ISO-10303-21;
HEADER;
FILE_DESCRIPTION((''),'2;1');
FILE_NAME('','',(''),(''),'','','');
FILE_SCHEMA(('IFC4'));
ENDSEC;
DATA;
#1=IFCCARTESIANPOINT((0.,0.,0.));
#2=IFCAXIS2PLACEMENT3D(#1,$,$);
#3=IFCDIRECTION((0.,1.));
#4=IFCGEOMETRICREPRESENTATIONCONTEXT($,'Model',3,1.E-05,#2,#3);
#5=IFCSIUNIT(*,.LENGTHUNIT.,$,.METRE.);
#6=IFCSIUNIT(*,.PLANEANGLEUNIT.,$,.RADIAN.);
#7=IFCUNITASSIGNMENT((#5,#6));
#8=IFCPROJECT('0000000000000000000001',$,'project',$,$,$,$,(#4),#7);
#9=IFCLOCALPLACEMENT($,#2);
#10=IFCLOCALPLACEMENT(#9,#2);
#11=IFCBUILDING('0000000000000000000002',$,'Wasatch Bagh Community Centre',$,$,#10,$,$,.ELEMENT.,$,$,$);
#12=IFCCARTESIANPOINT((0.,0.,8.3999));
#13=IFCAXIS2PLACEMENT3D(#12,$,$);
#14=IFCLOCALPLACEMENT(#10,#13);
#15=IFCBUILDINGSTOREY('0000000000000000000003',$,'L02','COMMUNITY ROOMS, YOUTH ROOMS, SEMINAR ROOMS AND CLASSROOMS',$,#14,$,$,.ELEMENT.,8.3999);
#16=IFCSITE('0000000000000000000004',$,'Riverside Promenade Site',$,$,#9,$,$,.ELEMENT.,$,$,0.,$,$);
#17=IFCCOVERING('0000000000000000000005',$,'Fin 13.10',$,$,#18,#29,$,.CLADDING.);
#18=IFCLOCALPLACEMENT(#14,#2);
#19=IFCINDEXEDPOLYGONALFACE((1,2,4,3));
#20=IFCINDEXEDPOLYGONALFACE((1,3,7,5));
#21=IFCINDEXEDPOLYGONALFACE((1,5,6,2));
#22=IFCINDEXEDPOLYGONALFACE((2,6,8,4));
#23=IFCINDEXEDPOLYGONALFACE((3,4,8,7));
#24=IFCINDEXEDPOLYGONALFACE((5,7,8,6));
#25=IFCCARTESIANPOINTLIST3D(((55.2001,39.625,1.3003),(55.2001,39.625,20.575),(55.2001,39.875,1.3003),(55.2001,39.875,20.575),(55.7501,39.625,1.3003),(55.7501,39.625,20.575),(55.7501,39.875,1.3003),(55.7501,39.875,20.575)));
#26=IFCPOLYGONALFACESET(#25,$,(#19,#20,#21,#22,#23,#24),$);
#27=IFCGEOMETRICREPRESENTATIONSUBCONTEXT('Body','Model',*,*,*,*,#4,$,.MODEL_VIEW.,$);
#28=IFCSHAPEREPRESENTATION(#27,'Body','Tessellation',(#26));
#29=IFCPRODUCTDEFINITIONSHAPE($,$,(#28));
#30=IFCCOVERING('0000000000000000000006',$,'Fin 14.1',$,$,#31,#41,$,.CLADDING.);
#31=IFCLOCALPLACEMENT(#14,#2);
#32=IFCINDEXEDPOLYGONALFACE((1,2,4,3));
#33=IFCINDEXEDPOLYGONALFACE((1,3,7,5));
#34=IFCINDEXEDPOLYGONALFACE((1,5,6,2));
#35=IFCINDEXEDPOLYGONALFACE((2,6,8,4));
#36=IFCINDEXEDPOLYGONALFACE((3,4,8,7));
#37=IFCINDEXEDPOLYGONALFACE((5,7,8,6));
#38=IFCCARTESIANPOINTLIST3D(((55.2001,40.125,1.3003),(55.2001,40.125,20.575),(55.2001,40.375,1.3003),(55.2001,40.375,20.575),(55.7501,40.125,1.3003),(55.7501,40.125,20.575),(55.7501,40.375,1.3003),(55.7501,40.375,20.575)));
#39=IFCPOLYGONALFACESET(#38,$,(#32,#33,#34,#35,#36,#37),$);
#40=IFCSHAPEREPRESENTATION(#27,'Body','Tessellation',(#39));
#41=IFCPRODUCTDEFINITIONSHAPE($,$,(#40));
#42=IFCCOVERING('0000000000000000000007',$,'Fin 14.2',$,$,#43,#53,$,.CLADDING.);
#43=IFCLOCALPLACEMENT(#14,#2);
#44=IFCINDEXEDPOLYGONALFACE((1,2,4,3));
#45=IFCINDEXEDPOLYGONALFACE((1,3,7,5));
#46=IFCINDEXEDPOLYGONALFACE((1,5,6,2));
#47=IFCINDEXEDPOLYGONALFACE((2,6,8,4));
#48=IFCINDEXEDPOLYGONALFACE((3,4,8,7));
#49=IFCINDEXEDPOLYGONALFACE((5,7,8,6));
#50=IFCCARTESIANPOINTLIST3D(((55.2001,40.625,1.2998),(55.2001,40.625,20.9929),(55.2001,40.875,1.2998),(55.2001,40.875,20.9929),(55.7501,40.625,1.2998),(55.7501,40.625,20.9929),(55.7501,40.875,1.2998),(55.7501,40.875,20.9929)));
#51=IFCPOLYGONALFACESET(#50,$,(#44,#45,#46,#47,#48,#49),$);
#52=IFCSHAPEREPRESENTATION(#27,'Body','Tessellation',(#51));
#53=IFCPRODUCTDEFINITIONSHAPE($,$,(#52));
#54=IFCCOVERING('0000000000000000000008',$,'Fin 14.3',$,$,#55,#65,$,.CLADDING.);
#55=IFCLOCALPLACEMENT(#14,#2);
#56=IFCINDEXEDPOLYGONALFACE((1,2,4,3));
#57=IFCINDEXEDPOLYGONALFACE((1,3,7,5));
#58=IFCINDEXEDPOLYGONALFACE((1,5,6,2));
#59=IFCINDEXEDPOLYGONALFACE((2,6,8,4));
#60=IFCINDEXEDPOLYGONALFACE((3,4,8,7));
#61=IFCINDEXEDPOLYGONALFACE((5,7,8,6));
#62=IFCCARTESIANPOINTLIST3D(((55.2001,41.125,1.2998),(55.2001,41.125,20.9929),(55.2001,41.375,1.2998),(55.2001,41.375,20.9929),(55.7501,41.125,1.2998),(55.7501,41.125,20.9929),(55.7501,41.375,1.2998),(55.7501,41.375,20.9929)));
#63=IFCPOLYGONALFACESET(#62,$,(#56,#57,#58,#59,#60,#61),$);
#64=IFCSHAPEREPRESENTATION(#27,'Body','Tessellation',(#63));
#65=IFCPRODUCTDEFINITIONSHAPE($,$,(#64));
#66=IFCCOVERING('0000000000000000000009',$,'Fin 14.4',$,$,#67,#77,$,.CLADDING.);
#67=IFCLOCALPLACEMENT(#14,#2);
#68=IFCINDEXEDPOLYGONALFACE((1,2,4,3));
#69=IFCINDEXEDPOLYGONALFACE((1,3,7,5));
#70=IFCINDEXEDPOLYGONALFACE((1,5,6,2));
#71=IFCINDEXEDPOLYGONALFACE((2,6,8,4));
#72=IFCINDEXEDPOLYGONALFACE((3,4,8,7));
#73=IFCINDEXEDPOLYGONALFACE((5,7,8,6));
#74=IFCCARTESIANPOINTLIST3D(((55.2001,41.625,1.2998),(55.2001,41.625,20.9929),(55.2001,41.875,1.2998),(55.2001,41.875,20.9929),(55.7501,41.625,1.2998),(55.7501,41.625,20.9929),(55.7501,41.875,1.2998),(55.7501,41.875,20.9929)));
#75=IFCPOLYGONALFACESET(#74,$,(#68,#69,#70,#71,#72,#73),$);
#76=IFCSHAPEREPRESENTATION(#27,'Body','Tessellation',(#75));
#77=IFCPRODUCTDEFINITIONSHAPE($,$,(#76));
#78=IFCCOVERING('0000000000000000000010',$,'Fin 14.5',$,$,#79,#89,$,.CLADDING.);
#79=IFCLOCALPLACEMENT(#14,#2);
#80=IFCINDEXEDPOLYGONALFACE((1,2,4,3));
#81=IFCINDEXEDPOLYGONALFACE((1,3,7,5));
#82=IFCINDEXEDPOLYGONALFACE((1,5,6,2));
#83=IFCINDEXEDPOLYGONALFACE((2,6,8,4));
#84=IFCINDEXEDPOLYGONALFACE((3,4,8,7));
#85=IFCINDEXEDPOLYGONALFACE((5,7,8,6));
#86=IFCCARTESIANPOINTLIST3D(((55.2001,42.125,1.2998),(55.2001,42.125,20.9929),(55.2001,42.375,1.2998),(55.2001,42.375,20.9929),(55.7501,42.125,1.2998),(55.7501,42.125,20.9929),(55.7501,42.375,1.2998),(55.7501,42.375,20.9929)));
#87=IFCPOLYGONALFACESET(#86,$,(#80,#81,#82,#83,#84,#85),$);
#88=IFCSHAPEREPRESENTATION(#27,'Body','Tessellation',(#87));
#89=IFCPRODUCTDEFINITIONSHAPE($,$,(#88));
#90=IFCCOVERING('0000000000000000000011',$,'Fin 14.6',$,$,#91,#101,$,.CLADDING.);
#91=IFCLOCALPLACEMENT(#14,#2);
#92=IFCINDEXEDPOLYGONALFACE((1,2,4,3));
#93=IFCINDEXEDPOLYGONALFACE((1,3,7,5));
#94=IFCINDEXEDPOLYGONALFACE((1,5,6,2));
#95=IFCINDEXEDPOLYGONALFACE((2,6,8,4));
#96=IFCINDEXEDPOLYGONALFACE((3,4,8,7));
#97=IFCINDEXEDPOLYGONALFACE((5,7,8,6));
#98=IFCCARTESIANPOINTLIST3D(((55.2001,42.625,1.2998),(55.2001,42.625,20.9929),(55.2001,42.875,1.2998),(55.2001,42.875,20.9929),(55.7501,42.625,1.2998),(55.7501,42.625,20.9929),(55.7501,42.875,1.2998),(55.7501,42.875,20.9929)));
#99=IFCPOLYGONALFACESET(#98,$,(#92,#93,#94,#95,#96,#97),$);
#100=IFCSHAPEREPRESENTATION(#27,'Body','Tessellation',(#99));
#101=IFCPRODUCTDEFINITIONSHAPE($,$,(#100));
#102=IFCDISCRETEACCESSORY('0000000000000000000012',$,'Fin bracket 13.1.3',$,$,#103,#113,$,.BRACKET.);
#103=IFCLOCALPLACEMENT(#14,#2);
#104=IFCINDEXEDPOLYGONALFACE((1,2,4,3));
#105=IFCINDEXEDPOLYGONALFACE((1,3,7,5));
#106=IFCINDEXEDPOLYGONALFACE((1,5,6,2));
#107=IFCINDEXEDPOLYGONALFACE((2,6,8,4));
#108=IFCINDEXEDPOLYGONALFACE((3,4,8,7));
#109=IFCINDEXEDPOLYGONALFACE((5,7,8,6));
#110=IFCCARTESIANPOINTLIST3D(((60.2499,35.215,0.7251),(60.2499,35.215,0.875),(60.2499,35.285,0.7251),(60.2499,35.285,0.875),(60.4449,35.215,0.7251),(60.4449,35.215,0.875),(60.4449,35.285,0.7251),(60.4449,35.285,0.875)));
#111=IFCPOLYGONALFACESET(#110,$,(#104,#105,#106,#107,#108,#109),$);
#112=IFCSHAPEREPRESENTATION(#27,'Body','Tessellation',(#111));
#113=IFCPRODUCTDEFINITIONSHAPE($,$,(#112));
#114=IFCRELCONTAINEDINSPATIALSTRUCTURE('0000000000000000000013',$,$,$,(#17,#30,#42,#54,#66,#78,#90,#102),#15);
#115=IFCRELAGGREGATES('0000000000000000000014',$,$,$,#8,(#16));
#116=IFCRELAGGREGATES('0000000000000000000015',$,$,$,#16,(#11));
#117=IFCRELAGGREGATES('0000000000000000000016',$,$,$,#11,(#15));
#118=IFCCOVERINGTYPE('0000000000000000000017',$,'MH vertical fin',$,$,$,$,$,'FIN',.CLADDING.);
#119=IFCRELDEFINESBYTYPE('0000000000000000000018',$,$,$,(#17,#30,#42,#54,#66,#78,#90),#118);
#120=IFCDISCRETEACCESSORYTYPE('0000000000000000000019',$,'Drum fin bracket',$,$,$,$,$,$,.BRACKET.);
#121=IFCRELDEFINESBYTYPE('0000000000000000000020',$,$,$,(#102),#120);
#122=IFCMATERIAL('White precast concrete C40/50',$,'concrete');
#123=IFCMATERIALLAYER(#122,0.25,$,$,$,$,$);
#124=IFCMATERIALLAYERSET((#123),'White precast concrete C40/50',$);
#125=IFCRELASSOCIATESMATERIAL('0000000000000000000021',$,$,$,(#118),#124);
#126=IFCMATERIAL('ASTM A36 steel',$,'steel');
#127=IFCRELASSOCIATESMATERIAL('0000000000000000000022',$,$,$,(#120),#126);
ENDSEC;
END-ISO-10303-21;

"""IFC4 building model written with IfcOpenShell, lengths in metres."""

from ifc_helpers import new_model, si_unit, direction, frame, origin, origin_2d, place, context, subcontext, project, spatial, rectangle, extrude, material, layer, layer_set, type_object, element, save


model = new_model("IFC4")

# Units and contexts
model_context = context("Model", 3, precision=1e-05, world=origin(), true_north=direction((0.0, 1.0)))
body_context = subcontext(model_context, "Body", "Model", "MODEL_VIEW")
ifc_project = project(units=[si_unit("LENGTHUNIT", "METRE"), si_unit("PLANEANGLEUNIT", "RADIAN")], contexts=[model_context])

# Site, building, storey
site_placement = place(None, origin())
site = spatial("IfcSite", under=ifc_project, at=site_placement, Name="Riverside Promenade Site", CompositionType="ELEMENT", RefElevation=0.0)
building_placement = place(site_placement, origin())
building = spatial("IfcBuilding", under=site, at=building_placement, Name="Wasatch Bagh Community Centre", CompositionType="ELEMENT")
storey_placement = place(building_placement, frame((0.0, 0.0, 8.3999)))
storey = spatial("IfcBuildingStorey", under=building, at=storey_placement, Name="L02", Description="COMMUNITY ROOMS, YOUTH ROOMS, SEMINAR ROOMS AND CLASSROOMS", CompositionType="ELEMENT", Elevation=8.3999)

# Coverings
ifc_material_1 = material(Name="White precast concrete C40/50", Category="concrete")
ifc_layer_1 = layer(ifc_material_1, 0.25)
ifc_layer_set_1 = layer_set([ifc_layer_1], Name="White precast concrete C40/50")
covering_type = type_object("IfcCoveringType", Name="MH vertical fin", ElementType="FIN", PredefinedType="CLADDING", material=ifc_layer_set_1)
for number, where, z_axis, x_axis, name in (
    (1, (55.4751, 39.75, 1.3003), (0.0, 0.0, 1.0), (0.0, 1.0, 0.0), "Fin 13.10"),
    (2, (55.4751, 40.25, 1.3003), (0.0, 0.0, 1.0), (0.0, 1.0, 0.0), "Fin 14.1"),
):
    element("IfcCovering", number, at=place(storey_placement, frame(where, z_axis=z_axis, x_axis=x_axis)), inside=storey, type_object=covering_type, Name=name, PredefinedType="CLADDING", context=body_context, shape_type="SweptSolid", body=[
        extrude(rectangle(XDim=0.25, YDim=0.55, at=origin_2d()), origin(), (0.0, 0.0, 1.0), 19.2747),
    ])
for number, where, z_axis, x_axis, name in (
    (3, (55.4751, 40.75, 1.2998), (0.0, 0.0, 1.0), (0.0, 1.0, 0.0), "Fin 14.2"),
    (4, (55.4751, 41.25, 1.2998), (0.0, 0.0, 1.0), (0.0, 1.0, 0.0), "Fin 14.3"),
    (5, (55.4751, 41.75, 1.2998), (0.0, 0.0, 1.0), (0.0, 1.0, 0.0), "Fin 14.4"),
    (6, (55.4751, 42.25, 1.2998), (0.0, 0.0, 1.0), (0.0, 1.0, 0.0), "Fin 14.5"),
    (7, (55.4751, 42.75, 1.2998), (0.0, 0.0, 1.0), (0.0, 1.0, 0.0), "Fin 14.6"),
):
    element("IfcCovering", number, at=place(storey_placement, frame(where, z_axis=z_axis, x_axis=x_axis)), inside=storey, type_object=covering_type, Name=name, PredefinedType="CLADDING", context=body_context, shape_type="SweptSolid", body=[
        extrude(rectangle(XDim=0.25, YDim=0.55, at=origin_2d()), origin(), (0.0, 0.0, 1.0), 19.6931),
    ])

# Discrete accessory
ifc_material_2 = material(Name="ASTM A36 steel", Category="steel")
discrete_accessory_type = type_object("IfcDiscreteAccessoryType", Name="Drum fin bracket", PredefinedType="BRACKET", material=ifc_material_2)
discrete_accessory_placement = place(storey_placement, frame((60.3474, 35.25, 0.7251), z_axis=(0.0, 0.0, 1.0), x_axis=(0.0, 1.0, 0.0)))
element("IfcDiscreteAccessory", 8, at=discrete_accessory_placement, inside=storey, type_object=discrete_accessory_type, Name="Fin bracket 13.1.3", PredefinedType="BRACKET", context=body_context, shape_type="SweptSolid", body=[
    extrude(rectangle(XDim=0.0701, YDim=0.1951, at=origin_2d()), origin(), (0.0, 0.0, 1.0), 0.1499),
])

save(model, "model.ifc")
